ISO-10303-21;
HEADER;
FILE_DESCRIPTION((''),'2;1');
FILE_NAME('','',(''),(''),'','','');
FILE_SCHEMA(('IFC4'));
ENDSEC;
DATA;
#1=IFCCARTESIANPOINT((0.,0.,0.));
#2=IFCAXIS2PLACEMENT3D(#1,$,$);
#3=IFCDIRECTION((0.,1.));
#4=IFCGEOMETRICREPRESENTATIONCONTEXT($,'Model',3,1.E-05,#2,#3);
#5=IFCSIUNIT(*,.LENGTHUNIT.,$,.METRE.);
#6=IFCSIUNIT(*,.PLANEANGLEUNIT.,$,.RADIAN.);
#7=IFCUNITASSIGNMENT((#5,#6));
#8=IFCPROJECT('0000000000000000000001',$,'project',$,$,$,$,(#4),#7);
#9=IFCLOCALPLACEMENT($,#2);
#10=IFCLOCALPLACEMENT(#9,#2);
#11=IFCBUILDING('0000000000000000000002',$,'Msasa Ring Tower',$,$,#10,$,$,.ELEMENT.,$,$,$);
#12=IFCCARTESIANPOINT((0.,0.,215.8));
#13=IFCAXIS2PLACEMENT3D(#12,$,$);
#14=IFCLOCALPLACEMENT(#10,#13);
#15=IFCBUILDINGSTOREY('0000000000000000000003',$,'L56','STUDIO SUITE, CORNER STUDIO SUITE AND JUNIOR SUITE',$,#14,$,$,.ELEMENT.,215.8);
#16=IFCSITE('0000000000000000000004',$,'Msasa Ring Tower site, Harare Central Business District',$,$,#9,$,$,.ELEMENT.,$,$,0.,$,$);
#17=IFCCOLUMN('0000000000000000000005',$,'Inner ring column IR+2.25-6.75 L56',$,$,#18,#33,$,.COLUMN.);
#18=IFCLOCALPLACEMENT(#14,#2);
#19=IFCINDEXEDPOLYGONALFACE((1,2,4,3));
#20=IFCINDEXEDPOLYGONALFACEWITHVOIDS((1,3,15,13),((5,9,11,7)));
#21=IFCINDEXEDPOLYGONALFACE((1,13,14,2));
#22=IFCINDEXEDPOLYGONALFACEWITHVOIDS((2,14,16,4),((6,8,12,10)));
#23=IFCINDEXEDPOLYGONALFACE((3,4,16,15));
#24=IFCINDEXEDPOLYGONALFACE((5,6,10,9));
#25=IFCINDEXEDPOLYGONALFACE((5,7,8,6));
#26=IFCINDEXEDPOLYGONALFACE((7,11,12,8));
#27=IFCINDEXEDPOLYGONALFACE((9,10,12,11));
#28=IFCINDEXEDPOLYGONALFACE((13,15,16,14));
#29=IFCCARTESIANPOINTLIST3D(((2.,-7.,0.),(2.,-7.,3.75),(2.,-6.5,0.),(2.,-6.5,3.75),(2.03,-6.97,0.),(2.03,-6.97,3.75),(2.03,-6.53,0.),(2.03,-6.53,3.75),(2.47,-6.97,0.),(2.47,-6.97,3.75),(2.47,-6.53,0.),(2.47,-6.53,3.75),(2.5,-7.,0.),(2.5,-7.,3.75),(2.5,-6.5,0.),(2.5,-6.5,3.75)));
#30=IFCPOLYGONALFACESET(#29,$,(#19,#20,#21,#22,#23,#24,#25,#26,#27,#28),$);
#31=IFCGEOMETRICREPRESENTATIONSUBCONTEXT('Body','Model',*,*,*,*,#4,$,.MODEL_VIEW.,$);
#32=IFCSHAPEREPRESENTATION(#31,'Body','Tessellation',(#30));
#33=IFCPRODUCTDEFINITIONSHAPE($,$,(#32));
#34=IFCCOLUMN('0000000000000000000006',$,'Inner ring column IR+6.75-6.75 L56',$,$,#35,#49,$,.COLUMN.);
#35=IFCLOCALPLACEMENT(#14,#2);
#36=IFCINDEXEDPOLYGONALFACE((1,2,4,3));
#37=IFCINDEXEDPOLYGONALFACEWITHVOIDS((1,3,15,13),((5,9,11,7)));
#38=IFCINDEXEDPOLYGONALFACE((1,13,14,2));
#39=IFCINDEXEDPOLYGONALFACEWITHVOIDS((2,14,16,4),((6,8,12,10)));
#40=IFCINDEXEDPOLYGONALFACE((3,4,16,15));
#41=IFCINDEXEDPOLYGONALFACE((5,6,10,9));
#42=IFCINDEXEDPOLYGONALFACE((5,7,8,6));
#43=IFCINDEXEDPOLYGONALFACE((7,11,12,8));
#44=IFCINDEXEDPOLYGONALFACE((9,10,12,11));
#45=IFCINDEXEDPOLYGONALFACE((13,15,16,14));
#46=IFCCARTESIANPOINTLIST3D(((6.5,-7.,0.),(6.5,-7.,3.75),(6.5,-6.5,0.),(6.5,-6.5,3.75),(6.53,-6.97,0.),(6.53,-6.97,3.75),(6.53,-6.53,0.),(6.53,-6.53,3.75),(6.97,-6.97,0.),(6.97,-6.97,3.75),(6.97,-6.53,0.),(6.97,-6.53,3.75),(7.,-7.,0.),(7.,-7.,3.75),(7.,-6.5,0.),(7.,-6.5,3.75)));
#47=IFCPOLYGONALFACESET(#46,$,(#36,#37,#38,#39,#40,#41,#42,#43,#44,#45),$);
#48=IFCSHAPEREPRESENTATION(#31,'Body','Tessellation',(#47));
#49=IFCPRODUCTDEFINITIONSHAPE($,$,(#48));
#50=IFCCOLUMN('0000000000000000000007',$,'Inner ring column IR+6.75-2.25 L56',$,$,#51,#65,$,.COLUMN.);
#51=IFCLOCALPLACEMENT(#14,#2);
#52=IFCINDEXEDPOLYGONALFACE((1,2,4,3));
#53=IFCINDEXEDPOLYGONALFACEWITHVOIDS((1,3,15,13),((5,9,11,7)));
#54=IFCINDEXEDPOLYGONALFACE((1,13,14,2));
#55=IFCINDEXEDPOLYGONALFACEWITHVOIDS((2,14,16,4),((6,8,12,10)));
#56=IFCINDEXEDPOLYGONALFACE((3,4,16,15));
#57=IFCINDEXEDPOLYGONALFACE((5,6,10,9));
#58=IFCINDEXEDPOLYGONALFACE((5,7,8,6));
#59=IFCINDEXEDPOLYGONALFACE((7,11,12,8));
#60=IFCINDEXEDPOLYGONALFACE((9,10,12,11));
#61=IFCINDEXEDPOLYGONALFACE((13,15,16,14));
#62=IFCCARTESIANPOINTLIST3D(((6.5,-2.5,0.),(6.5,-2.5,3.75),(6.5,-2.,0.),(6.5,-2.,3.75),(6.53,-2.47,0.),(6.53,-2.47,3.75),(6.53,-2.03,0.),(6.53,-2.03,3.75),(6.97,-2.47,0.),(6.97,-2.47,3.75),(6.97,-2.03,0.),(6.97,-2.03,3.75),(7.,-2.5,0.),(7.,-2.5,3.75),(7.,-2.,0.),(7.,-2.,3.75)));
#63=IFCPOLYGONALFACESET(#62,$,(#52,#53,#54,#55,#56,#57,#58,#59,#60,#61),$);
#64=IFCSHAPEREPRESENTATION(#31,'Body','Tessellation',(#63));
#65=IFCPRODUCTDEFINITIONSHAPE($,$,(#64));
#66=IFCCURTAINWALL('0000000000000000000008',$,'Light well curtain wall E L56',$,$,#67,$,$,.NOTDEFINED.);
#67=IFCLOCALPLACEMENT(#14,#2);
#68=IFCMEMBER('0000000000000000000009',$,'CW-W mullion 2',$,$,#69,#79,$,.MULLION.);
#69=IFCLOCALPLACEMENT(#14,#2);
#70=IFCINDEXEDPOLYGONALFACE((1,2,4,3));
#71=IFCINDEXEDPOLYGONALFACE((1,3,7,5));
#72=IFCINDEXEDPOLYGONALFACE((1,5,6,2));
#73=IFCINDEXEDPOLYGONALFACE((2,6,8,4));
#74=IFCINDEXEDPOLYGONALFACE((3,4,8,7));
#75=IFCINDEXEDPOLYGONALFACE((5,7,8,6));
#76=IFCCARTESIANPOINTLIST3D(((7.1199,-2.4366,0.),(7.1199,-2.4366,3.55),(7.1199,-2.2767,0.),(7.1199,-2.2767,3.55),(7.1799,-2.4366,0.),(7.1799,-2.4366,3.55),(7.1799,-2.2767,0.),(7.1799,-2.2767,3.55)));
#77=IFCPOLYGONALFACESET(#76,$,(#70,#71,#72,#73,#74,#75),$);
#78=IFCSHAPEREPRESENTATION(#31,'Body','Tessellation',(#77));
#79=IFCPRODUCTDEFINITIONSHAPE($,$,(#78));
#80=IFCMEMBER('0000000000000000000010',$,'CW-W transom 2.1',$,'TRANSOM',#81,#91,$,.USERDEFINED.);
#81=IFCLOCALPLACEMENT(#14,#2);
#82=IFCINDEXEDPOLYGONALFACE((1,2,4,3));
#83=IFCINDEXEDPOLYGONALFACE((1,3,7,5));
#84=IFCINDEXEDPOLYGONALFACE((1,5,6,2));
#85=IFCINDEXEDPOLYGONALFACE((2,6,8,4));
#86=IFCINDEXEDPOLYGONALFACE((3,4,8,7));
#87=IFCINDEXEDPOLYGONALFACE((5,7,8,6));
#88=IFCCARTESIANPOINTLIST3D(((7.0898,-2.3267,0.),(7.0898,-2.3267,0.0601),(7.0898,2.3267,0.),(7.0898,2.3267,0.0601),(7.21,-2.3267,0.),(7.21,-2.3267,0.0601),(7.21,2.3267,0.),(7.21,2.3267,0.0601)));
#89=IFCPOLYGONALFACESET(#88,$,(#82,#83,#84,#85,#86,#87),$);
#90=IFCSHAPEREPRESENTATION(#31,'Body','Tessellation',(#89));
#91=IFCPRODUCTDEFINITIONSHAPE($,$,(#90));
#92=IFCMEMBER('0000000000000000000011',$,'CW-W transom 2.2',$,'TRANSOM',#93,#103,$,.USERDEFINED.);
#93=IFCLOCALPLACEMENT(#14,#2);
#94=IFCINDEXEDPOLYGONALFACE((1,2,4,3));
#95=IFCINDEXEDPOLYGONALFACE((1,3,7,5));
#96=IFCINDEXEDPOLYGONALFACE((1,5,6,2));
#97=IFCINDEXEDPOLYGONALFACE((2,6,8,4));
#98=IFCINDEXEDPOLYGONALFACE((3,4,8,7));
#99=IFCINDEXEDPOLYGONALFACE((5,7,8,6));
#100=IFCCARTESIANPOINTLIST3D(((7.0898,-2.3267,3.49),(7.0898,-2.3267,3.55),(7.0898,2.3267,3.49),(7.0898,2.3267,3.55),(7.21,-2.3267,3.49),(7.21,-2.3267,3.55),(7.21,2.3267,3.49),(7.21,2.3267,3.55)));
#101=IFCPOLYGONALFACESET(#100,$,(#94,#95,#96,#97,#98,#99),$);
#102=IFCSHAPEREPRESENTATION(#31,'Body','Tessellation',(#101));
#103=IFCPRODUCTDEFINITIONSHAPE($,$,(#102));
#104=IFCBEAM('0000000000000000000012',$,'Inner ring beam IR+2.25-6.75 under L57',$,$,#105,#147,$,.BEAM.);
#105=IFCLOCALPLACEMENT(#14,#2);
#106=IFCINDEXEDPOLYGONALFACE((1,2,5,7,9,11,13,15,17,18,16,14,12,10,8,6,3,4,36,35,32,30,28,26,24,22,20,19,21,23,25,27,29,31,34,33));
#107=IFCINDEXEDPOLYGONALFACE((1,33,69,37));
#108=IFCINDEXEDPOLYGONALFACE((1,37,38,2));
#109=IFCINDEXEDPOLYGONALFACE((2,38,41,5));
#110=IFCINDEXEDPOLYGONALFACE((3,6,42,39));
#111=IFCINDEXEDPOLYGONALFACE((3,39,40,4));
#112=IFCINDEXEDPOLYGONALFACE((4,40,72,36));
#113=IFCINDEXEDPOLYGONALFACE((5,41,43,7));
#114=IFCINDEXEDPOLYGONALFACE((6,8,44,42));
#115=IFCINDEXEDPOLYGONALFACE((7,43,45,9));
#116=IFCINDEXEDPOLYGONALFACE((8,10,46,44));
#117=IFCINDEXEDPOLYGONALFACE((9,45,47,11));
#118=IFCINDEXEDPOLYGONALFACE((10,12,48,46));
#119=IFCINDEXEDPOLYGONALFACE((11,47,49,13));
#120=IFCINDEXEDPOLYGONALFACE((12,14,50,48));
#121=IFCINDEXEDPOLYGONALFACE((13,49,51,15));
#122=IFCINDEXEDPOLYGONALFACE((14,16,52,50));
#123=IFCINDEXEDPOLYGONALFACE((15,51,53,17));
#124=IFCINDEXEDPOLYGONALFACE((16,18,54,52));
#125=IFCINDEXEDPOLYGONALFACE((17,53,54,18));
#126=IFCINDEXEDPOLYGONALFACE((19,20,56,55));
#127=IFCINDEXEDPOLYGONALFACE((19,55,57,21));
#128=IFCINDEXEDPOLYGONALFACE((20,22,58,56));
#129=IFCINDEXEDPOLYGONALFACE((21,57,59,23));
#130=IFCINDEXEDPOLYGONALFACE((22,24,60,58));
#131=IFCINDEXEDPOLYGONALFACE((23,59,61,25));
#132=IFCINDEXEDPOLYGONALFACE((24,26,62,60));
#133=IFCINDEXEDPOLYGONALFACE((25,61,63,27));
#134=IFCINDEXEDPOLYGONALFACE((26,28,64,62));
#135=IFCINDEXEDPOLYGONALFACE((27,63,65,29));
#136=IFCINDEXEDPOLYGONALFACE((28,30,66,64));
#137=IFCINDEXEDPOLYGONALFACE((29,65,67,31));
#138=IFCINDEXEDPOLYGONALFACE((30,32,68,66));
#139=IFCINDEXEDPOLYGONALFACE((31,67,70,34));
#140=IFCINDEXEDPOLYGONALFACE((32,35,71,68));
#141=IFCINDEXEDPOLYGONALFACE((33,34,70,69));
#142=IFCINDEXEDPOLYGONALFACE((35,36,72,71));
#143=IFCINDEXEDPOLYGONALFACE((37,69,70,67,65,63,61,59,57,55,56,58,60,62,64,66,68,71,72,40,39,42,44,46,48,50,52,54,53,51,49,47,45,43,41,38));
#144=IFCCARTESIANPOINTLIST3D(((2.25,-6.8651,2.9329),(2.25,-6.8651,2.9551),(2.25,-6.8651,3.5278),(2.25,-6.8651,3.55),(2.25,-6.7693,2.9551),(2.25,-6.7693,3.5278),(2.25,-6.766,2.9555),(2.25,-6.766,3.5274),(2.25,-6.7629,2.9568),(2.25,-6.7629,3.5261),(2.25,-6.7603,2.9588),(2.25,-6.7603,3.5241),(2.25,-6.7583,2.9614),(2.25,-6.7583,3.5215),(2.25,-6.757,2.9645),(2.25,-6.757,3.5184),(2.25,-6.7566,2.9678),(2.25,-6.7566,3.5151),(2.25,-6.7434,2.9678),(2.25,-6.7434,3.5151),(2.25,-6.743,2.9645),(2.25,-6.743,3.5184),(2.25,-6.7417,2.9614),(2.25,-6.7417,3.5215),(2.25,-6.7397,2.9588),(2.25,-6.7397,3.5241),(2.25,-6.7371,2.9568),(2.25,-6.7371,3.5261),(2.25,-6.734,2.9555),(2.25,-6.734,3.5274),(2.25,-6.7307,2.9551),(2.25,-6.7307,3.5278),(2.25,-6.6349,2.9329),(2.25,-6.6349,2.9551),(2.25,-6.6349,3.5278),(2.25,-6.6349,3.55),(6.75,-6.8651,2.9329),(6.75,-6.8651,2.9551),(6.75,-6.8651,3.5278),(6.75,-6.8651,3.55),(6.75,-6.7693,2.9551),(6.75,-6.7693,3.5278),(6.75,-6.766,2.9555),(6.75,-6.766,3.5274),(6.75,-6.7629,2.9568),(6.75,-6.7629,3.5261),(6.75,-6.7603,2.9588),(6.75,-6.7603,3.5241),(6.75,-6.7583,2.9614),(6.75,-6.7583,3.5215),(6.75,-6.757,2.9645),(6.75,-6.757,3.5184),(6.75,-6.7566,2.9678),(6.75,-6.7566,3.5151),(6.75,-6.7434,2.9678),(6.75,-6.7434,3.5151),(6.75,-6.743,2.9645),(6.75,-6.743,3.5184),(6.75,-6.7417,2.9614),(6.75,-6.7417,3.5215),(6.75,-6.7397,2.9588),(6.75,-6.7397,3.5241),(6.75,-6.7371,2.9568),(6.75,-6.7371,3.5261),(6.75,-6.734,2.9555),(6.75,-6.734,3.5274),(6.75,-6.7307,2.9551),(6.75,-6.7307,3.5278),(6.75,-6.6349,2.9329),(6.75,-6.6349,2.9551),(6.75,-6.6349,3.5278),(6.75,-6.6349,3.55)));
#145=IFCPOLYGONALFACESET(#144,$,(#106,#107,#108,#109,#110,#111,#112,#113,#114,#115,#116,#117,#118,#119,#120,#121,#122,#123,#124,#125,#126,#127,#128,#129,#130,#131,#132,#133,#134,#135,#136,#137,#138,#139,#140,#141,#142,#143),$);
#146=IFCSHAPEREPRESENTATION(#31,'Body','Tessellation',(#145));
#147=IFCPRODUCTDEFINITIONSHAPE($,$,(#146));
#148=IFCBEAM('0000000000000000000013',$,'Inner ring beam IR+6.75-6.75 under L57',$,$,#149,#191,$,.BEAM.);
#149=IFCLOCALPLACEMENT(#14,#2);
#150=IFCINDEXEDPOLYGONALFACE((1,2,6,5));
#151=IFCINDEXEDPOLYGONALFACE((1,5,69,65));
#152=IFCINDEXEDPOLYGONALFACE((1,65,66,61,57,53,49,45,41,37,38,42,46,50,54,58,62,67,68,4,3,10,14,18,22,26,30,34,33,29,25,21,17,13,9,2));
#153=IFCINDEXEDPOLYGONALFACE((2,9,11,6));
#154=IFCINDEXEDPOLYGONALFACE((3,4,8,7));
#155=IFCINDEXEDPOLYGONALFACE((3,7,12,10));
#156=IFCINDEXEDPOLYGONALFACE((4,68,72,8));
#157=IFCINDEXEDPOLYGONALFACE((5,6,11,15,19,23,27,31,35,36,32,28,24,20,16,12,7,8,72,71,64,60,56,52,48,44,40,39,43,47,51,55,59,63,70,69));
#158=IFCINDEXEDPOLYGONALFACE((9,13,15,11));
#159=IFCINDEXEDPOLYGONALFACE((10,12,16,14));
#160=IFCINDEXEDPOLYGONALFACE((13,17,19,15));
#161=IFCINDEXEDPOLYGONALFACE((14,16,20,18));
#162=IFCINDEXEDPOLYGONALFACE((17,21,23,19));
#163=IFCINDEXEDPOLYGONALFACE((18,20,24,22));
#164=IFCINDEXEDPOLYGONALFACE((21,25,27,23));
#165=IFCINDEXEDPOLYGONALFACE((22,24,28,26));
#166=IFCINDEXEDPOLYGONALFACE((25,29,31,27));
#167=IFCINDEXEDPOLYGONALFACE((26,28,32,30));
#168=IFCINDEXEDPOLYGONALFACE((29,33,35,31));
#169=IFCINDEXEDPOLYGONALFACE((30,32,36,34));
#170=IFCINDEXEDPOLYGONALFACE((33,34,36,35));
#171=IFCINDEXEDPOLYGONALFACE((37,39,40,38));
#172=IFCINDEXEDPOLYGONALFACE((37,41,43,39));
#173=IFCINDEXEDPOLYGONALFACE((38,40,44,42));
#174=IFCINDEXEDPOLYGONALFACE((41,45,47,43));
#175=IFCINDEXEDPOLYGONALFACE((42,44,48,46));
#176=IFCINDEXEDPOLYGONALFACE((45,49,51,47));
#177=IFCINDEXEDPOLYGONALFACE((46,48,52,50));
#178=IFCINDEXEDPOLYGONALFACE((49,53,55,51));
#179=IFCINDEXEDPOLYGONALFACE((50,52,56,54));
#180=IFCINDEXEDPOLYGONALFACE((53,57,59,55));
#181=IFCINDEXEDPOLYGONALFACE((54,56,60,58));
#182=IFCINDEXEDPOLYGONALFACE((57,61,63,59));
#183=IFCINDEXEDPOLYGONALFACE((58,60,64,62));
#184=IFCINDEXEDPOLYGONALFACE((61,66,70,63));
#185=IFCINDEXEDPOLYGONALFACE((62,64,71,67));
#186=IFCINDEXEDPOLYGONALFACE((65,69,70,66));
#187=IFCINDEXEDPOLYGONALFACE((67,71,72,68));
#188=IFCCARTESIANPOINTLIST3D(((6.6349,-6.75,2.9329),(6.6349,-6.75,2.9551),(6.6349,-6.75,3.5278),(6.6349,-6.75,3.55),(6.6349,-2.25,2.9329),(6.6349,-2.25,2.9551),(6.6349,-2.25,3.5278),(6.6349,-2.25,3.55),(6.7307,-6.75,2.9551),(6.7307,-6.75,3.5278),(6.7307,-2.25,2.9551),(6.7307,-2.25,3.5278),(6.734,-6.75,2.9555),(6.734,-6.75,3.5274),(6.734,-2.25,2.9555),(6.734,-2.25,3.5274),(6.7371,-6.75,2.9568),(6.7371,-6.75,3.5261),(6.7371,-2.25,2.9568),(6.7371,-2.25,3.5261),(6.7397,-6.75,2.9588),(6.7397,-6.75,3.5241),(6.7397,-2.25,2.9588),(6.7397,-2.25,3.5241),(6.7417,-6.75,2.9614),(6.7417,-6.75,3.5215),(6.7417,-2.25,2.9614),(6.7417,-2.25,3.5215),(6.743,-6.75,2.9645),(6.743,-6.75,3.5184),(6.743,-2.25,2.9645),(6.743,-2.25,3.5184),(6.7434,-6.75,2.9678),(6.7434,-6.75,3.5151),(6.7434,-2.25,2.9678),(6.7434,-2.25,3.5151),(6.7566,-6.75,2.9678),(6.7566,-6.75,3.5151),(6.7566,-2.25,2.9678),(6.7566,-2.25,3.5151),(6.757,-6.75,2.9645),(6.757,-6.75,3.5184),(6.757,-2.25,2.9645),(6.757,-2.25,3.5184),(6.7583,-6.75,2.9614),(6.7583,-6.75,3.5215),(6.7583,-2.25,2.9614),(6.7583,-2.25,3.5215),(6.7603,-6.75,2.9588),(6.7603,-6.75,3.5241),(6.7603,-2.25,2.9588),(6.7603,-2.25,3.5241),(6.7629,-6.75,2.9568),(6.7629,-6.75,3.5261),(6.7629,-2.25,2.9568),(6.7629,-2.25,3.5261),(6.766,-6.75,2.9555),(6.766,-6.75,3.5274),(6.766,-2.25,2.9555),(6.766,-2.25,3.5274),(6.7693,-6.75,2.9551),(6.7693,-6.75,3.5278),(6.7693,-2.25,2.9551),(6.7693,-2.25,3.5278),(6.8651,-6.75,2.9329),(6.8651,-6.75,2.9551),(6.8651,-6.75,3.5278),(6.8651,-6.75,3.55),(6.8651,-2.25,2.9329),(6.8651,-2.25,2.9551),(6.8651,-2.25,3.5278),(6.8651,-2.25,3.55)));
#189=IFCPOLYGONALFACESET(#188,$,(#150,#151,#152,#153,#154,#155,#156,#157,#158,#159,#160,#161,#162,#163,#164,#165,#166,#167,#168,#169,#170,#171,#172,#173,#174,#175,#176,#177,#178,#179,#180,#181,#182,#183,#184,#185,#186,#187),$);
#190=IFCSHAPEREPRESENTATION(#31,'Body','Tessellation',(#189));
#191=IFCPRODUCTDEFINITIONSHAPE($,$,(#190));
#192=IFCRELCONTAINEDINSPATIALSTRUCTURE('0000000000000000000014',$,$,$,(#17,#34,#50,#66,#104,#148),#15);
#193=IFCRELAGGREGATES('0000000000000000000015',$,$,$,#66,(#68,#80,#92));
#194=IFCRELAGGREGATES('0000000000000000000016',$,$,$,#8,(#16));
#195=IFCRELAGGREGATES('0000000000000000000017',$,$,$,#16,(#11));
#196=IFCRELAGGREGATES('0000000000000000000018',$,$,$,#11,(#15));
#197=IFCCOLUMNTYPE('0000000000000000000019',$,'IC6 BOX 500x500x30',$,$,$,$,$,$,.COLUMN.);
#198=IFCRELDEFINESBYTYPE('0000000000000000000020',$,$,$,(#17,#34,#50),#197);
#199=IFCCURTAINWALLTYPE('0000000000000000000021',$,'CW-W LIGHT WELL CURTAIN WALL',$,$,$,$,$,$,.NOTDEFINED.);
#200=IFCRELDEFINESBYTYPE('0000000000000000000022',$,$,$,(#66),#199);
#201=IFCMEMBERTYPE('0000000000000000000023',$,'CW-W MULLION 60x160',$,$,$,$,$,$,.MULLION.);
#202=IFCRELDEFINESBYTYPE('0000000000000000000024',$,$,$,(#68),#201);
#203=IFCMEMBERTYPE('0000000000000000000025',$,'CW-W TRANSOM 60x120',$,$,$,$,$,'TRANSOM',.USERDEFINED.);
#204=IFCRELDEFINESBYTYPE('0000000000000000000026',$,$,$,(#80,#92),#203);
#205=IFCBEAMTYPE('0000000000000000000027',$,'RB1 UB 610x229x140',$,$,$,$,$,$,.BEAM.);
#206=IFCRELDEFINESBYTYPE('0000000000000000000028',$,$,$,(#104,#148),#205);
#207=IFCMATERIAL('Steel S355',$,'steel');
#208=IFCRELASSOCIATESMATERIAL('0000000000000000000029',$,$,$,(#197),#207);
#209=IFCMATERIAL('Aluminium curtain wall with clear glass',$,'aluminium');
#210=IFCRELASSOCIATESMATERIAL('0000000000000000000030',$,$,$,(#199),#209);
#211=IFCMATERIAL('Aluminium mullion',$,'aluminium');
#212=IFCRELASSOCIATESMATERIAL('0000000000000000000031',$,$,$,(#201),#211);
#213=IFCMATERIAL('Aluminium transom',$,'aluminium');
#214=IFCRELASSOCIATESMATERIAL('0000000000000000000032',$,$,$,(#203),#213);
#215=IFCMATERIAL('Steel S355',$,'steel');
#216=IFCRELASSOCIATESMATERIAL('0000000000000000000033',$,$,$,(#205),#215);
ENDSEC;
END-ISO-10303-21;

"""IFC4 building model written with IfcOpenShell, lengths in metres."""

from ifc_helpers import new_model, si_unit, direction, frame, origin, origin_2d, place, context, subcontext, project, spatial, rectangle, hollow_rectangle, i_section, extrude, material, material_profile, profile_set, type_object, element, aggregate, save


model = new_model("IFC4")

# Units and contexts
model_context = context("Model", 3, precision=1e-05, world=origin(), true_north=direction((0.0, 1.0)))
body_context = subcontext(model_context, "Body", "Model", "MODEL_VIEW")
ifc_project = project(units=[si_unit("LENGTHUNIT", "METRE"), si_unit("PLANEANGLEUNIT", "RADIAN")], contexts=[model_context])

# Site, building, storey
site_placement = place(None, origin())
site = spatial("IfcSite", under=ifc_project, at=site_placement, Name="Msasa Ring Tower site, Harare Central Business District", CompositionType="ELEMENT", RefElevation=0.0)
building_placement = place(site_placement, origin())
building = spatial("IfcBuilding", under=site, at=building_placement, Name="Msasa Ring Tower", CompositionType="ELEMENT")
storey_placement = place(building_placement, frame((0.0, 0.0, 215.8)))
storey = spatial("IfcBuildingStorey", under=building, at=storey_placement, Name="L56", Description="STUDIO SUITE, CORNER STUDIO SUITE AND JUNIOR SUITE", CompositionType="ELEMENT", Elevation=215.8)

# Columns
ifc_material_1 = material(Name="Steel S355", Category="steel")
ifc_material_profile_1 = material_profile(ifc_material_1, hollow_rectangle(XDim=0.5, YDim=0.5, WallThickness=0.03, at=origin_2d()), Name="BOX 500x500x30")
ifc_profile_set_1 = profile_set([ifc_material_profile_1], Name="Steel S355")
column_type = type_object("IfcColumnType", Name="IC6 BOX 500x500x30", PredefinedType="COLUMN", material=ifc_profile_set_1)
for number, where, z_axis, x_axis, name in (
    (1, (2.25, -6.75, 0.0), (0.0, 0.0, 1.0), (1.0, 0.0, 0.0), "Inner ring column IR+2.25-6.75 L56"),
    (2, (6.75, -6.75, 0.0), (0.0, 0.0, 1.0), (1.0, 0.0, 0.0), "Inner ring column IR+6.75-6.75 L56"),
    (3, (6.75, -2.25, 0.0), (0.0, 0.0, 1.0), (1.0, 0.0, 0.0), "Inner ring column IR+6.75-2.25 L56"),
):
    element("IfcColumn", number, at=place(storey_placement, frame(where, z_axis=z_axis, x_axis=x_axis)), inside=storey, type_object=column_type, Name=name, PredefinedType="COLUMN", context=body_context, shape_type="SweptSolid", body=[
        extrude(hollow_rectangle(XDim=0.5, YDim=0.5, WallThickness=0.03, at=origin_2d()), origin(), (0.0, 0.0, 1.0), 3.75),
    ])

# Curtain wall, members
ifc_material_2 = material(Name="Aluminium curtain wall with clear glass", Category="aluminium")
curtain_wall_type = type_object("IfcCurtainWallType", Name="CW-W LIGHT WELL CURTAIN WALL", PredefinedType="NOTDEFINED", material=ifc_material_2)
curtain_wall_placement = place(storey_placement, origin())
curtain_wall = element("IfcCurtainWall", 4, at=curtain_wall_placement, inside=storey, type_object=curtain_wall_type, Name="Light well curtain wall E L56", PredefinedType="NOTDEFINED")
ifc_material_3 = material(Name="Aluminium mullion", Category="aluminium")
ifc_material_profile_2 = material_profile(ifc_material_3, rectangle(XDim=0.0601, YDim=0.1599, at=origin_2d()), Name="AL 60x160")
ifc_profile_set_2 = profile_set([ifc_material_profile_2], Name="Aluminium mullion")
member_type_1 = type_object("IfcMemberType", Name="CW-W MULLION 60x160", PredefinedType="MULLION", material=ifc_profile_set_2)
member_1_placement = place(storey_placement, frame((7.1499, -2.3567, 0.0), z_axis=(0.0, 0.0, 1.0), x_axis=(-1.0, 0.0, 0.0)))
member_1 = element("IfcMember", 5, at=member_1_placement, type_object=member_type_1, Name="CW-W mullion 2", PredefinedType="MULLION", context=body_context, shape_type="SweptSolid", body=[
    extrude(rectangle(XDim=0.0601, YDim=0.1599, at=origin_2d()), origin(), (0.0, 0.0, 1.0), 3.55),
])
ifc_material_4 = material(Name="Aluminium transom", Category="aluminium")
ifc_material_profile_3 = material_profile(ifc_material_4, rectangle(XDim=0.1201, YDim=0.0601, at=origin_2d()), Name="AL 60x120")
ifc_profile_set_3 = profile_set([ifc_material_profile_3], Name="Aluminium transom")
member_type_2 = type_object("IfcMemberType", Name="CW-W TRANSOM 60x120", ElementType="TRANSOM", PredefinedType="USERDEFINED", material=ifc_profile_set_3)
member_2_placement = place(storey_placement, frame((7.1499, -2.3267, 0.03), z_axis=(0.0, 1.0, 0.0), x_axis=(-1.0, 0.0, 0.0)))
member_2 = element("IfcMember", 6, at=member_2_placement, type_object=member_type_2, Name="CW-W transom 2.1", ObjectType="TRANSOM", PredefinedType="USERDEFINED", context=body_context, shape_type="SweptSolid", body=[
    extrude(rectangle(XDim=0.1201, YDim=0.0601, at=origin_2d()), origin(), (0.0, 0.0, 1.0), 4.6533),
])
member_3_placement = place(storey_placement, frame((7.1499, -2.3267, 3.52), z_axis=(0.0, 1.0, 0.0), x_axis=(-1.0, 0.0, 0.0)))
member_3 = element("IfcMember", 7, at=member_3_placement, type_object=member_type_2, Name="CW-W transom 2.2", ObjectType="TRANSOM", PredefinedType="USERDEFINED", context=body_context, shape_type="SweptSolid", body=[
    extrude(rectangle(XDim=0.1201, YDim=0.0601, at=origin_2d()), origin(), (0.0, 0.0, 1.0), 4.6533),
])

# Beams
ifc_material_5 = material(Name="Steel S355", Category="steel")
ifc_material_profile_4 = material_profile(ifc_material_5, i_section(OverallWidth=0.2302, OverallDepth=0.6172, WebThickness=0.0132, FlangeThickness=0.0222, FilletRadius=0.0127, at=origin_2d()), Name="UB 610x229x140")
ifc_profile_set_4 = profile_set([ifc_material_profile_4], Name="Steel S355")
beam_type = type_object("IfcBeamType", Name="RB1 UB 610x229x140", PredefinedType="BEAM", material=ifc_profile_set_4)
for number, where, z_axis, x_axis, name in (
    (8, (2.25, -6.75, 3.2415), (1.0, 0.0, 0.0), (0.0, 1.0, 0.0), "Inner ring beam IR+2.25-6.75 under L57"),
    (9, (6.75, -6.75, 3.2415), (0.0, 1.0, 0.0), (-1.0, 0.0, 0.0), "Inner ring beam IR+6.75-6.75 under L57"),
):
    element("IfcBeam", number, at=place(storey_placement, frame(where, z_axis=z_axis, x_axis=x_axis)), inside=storey, type_object=beam_type, Name=name, PredefinedType="BEAM", context=body_context, shape_type="SweptSolid", body=[
        extrude(i_section(OverallWidth=0.2302, OverallDepth=0.6172, WebThickness=0.0132, FlangeThickness=0.0222, FilletRadius=0.0127, at=origin_2d()), origin(), (0.0, 0.0, 1.0), 4.5),
    ])

aggregate(curtain_wall, [member_1, member_2, member_3])

save(model, "model.ifc")
